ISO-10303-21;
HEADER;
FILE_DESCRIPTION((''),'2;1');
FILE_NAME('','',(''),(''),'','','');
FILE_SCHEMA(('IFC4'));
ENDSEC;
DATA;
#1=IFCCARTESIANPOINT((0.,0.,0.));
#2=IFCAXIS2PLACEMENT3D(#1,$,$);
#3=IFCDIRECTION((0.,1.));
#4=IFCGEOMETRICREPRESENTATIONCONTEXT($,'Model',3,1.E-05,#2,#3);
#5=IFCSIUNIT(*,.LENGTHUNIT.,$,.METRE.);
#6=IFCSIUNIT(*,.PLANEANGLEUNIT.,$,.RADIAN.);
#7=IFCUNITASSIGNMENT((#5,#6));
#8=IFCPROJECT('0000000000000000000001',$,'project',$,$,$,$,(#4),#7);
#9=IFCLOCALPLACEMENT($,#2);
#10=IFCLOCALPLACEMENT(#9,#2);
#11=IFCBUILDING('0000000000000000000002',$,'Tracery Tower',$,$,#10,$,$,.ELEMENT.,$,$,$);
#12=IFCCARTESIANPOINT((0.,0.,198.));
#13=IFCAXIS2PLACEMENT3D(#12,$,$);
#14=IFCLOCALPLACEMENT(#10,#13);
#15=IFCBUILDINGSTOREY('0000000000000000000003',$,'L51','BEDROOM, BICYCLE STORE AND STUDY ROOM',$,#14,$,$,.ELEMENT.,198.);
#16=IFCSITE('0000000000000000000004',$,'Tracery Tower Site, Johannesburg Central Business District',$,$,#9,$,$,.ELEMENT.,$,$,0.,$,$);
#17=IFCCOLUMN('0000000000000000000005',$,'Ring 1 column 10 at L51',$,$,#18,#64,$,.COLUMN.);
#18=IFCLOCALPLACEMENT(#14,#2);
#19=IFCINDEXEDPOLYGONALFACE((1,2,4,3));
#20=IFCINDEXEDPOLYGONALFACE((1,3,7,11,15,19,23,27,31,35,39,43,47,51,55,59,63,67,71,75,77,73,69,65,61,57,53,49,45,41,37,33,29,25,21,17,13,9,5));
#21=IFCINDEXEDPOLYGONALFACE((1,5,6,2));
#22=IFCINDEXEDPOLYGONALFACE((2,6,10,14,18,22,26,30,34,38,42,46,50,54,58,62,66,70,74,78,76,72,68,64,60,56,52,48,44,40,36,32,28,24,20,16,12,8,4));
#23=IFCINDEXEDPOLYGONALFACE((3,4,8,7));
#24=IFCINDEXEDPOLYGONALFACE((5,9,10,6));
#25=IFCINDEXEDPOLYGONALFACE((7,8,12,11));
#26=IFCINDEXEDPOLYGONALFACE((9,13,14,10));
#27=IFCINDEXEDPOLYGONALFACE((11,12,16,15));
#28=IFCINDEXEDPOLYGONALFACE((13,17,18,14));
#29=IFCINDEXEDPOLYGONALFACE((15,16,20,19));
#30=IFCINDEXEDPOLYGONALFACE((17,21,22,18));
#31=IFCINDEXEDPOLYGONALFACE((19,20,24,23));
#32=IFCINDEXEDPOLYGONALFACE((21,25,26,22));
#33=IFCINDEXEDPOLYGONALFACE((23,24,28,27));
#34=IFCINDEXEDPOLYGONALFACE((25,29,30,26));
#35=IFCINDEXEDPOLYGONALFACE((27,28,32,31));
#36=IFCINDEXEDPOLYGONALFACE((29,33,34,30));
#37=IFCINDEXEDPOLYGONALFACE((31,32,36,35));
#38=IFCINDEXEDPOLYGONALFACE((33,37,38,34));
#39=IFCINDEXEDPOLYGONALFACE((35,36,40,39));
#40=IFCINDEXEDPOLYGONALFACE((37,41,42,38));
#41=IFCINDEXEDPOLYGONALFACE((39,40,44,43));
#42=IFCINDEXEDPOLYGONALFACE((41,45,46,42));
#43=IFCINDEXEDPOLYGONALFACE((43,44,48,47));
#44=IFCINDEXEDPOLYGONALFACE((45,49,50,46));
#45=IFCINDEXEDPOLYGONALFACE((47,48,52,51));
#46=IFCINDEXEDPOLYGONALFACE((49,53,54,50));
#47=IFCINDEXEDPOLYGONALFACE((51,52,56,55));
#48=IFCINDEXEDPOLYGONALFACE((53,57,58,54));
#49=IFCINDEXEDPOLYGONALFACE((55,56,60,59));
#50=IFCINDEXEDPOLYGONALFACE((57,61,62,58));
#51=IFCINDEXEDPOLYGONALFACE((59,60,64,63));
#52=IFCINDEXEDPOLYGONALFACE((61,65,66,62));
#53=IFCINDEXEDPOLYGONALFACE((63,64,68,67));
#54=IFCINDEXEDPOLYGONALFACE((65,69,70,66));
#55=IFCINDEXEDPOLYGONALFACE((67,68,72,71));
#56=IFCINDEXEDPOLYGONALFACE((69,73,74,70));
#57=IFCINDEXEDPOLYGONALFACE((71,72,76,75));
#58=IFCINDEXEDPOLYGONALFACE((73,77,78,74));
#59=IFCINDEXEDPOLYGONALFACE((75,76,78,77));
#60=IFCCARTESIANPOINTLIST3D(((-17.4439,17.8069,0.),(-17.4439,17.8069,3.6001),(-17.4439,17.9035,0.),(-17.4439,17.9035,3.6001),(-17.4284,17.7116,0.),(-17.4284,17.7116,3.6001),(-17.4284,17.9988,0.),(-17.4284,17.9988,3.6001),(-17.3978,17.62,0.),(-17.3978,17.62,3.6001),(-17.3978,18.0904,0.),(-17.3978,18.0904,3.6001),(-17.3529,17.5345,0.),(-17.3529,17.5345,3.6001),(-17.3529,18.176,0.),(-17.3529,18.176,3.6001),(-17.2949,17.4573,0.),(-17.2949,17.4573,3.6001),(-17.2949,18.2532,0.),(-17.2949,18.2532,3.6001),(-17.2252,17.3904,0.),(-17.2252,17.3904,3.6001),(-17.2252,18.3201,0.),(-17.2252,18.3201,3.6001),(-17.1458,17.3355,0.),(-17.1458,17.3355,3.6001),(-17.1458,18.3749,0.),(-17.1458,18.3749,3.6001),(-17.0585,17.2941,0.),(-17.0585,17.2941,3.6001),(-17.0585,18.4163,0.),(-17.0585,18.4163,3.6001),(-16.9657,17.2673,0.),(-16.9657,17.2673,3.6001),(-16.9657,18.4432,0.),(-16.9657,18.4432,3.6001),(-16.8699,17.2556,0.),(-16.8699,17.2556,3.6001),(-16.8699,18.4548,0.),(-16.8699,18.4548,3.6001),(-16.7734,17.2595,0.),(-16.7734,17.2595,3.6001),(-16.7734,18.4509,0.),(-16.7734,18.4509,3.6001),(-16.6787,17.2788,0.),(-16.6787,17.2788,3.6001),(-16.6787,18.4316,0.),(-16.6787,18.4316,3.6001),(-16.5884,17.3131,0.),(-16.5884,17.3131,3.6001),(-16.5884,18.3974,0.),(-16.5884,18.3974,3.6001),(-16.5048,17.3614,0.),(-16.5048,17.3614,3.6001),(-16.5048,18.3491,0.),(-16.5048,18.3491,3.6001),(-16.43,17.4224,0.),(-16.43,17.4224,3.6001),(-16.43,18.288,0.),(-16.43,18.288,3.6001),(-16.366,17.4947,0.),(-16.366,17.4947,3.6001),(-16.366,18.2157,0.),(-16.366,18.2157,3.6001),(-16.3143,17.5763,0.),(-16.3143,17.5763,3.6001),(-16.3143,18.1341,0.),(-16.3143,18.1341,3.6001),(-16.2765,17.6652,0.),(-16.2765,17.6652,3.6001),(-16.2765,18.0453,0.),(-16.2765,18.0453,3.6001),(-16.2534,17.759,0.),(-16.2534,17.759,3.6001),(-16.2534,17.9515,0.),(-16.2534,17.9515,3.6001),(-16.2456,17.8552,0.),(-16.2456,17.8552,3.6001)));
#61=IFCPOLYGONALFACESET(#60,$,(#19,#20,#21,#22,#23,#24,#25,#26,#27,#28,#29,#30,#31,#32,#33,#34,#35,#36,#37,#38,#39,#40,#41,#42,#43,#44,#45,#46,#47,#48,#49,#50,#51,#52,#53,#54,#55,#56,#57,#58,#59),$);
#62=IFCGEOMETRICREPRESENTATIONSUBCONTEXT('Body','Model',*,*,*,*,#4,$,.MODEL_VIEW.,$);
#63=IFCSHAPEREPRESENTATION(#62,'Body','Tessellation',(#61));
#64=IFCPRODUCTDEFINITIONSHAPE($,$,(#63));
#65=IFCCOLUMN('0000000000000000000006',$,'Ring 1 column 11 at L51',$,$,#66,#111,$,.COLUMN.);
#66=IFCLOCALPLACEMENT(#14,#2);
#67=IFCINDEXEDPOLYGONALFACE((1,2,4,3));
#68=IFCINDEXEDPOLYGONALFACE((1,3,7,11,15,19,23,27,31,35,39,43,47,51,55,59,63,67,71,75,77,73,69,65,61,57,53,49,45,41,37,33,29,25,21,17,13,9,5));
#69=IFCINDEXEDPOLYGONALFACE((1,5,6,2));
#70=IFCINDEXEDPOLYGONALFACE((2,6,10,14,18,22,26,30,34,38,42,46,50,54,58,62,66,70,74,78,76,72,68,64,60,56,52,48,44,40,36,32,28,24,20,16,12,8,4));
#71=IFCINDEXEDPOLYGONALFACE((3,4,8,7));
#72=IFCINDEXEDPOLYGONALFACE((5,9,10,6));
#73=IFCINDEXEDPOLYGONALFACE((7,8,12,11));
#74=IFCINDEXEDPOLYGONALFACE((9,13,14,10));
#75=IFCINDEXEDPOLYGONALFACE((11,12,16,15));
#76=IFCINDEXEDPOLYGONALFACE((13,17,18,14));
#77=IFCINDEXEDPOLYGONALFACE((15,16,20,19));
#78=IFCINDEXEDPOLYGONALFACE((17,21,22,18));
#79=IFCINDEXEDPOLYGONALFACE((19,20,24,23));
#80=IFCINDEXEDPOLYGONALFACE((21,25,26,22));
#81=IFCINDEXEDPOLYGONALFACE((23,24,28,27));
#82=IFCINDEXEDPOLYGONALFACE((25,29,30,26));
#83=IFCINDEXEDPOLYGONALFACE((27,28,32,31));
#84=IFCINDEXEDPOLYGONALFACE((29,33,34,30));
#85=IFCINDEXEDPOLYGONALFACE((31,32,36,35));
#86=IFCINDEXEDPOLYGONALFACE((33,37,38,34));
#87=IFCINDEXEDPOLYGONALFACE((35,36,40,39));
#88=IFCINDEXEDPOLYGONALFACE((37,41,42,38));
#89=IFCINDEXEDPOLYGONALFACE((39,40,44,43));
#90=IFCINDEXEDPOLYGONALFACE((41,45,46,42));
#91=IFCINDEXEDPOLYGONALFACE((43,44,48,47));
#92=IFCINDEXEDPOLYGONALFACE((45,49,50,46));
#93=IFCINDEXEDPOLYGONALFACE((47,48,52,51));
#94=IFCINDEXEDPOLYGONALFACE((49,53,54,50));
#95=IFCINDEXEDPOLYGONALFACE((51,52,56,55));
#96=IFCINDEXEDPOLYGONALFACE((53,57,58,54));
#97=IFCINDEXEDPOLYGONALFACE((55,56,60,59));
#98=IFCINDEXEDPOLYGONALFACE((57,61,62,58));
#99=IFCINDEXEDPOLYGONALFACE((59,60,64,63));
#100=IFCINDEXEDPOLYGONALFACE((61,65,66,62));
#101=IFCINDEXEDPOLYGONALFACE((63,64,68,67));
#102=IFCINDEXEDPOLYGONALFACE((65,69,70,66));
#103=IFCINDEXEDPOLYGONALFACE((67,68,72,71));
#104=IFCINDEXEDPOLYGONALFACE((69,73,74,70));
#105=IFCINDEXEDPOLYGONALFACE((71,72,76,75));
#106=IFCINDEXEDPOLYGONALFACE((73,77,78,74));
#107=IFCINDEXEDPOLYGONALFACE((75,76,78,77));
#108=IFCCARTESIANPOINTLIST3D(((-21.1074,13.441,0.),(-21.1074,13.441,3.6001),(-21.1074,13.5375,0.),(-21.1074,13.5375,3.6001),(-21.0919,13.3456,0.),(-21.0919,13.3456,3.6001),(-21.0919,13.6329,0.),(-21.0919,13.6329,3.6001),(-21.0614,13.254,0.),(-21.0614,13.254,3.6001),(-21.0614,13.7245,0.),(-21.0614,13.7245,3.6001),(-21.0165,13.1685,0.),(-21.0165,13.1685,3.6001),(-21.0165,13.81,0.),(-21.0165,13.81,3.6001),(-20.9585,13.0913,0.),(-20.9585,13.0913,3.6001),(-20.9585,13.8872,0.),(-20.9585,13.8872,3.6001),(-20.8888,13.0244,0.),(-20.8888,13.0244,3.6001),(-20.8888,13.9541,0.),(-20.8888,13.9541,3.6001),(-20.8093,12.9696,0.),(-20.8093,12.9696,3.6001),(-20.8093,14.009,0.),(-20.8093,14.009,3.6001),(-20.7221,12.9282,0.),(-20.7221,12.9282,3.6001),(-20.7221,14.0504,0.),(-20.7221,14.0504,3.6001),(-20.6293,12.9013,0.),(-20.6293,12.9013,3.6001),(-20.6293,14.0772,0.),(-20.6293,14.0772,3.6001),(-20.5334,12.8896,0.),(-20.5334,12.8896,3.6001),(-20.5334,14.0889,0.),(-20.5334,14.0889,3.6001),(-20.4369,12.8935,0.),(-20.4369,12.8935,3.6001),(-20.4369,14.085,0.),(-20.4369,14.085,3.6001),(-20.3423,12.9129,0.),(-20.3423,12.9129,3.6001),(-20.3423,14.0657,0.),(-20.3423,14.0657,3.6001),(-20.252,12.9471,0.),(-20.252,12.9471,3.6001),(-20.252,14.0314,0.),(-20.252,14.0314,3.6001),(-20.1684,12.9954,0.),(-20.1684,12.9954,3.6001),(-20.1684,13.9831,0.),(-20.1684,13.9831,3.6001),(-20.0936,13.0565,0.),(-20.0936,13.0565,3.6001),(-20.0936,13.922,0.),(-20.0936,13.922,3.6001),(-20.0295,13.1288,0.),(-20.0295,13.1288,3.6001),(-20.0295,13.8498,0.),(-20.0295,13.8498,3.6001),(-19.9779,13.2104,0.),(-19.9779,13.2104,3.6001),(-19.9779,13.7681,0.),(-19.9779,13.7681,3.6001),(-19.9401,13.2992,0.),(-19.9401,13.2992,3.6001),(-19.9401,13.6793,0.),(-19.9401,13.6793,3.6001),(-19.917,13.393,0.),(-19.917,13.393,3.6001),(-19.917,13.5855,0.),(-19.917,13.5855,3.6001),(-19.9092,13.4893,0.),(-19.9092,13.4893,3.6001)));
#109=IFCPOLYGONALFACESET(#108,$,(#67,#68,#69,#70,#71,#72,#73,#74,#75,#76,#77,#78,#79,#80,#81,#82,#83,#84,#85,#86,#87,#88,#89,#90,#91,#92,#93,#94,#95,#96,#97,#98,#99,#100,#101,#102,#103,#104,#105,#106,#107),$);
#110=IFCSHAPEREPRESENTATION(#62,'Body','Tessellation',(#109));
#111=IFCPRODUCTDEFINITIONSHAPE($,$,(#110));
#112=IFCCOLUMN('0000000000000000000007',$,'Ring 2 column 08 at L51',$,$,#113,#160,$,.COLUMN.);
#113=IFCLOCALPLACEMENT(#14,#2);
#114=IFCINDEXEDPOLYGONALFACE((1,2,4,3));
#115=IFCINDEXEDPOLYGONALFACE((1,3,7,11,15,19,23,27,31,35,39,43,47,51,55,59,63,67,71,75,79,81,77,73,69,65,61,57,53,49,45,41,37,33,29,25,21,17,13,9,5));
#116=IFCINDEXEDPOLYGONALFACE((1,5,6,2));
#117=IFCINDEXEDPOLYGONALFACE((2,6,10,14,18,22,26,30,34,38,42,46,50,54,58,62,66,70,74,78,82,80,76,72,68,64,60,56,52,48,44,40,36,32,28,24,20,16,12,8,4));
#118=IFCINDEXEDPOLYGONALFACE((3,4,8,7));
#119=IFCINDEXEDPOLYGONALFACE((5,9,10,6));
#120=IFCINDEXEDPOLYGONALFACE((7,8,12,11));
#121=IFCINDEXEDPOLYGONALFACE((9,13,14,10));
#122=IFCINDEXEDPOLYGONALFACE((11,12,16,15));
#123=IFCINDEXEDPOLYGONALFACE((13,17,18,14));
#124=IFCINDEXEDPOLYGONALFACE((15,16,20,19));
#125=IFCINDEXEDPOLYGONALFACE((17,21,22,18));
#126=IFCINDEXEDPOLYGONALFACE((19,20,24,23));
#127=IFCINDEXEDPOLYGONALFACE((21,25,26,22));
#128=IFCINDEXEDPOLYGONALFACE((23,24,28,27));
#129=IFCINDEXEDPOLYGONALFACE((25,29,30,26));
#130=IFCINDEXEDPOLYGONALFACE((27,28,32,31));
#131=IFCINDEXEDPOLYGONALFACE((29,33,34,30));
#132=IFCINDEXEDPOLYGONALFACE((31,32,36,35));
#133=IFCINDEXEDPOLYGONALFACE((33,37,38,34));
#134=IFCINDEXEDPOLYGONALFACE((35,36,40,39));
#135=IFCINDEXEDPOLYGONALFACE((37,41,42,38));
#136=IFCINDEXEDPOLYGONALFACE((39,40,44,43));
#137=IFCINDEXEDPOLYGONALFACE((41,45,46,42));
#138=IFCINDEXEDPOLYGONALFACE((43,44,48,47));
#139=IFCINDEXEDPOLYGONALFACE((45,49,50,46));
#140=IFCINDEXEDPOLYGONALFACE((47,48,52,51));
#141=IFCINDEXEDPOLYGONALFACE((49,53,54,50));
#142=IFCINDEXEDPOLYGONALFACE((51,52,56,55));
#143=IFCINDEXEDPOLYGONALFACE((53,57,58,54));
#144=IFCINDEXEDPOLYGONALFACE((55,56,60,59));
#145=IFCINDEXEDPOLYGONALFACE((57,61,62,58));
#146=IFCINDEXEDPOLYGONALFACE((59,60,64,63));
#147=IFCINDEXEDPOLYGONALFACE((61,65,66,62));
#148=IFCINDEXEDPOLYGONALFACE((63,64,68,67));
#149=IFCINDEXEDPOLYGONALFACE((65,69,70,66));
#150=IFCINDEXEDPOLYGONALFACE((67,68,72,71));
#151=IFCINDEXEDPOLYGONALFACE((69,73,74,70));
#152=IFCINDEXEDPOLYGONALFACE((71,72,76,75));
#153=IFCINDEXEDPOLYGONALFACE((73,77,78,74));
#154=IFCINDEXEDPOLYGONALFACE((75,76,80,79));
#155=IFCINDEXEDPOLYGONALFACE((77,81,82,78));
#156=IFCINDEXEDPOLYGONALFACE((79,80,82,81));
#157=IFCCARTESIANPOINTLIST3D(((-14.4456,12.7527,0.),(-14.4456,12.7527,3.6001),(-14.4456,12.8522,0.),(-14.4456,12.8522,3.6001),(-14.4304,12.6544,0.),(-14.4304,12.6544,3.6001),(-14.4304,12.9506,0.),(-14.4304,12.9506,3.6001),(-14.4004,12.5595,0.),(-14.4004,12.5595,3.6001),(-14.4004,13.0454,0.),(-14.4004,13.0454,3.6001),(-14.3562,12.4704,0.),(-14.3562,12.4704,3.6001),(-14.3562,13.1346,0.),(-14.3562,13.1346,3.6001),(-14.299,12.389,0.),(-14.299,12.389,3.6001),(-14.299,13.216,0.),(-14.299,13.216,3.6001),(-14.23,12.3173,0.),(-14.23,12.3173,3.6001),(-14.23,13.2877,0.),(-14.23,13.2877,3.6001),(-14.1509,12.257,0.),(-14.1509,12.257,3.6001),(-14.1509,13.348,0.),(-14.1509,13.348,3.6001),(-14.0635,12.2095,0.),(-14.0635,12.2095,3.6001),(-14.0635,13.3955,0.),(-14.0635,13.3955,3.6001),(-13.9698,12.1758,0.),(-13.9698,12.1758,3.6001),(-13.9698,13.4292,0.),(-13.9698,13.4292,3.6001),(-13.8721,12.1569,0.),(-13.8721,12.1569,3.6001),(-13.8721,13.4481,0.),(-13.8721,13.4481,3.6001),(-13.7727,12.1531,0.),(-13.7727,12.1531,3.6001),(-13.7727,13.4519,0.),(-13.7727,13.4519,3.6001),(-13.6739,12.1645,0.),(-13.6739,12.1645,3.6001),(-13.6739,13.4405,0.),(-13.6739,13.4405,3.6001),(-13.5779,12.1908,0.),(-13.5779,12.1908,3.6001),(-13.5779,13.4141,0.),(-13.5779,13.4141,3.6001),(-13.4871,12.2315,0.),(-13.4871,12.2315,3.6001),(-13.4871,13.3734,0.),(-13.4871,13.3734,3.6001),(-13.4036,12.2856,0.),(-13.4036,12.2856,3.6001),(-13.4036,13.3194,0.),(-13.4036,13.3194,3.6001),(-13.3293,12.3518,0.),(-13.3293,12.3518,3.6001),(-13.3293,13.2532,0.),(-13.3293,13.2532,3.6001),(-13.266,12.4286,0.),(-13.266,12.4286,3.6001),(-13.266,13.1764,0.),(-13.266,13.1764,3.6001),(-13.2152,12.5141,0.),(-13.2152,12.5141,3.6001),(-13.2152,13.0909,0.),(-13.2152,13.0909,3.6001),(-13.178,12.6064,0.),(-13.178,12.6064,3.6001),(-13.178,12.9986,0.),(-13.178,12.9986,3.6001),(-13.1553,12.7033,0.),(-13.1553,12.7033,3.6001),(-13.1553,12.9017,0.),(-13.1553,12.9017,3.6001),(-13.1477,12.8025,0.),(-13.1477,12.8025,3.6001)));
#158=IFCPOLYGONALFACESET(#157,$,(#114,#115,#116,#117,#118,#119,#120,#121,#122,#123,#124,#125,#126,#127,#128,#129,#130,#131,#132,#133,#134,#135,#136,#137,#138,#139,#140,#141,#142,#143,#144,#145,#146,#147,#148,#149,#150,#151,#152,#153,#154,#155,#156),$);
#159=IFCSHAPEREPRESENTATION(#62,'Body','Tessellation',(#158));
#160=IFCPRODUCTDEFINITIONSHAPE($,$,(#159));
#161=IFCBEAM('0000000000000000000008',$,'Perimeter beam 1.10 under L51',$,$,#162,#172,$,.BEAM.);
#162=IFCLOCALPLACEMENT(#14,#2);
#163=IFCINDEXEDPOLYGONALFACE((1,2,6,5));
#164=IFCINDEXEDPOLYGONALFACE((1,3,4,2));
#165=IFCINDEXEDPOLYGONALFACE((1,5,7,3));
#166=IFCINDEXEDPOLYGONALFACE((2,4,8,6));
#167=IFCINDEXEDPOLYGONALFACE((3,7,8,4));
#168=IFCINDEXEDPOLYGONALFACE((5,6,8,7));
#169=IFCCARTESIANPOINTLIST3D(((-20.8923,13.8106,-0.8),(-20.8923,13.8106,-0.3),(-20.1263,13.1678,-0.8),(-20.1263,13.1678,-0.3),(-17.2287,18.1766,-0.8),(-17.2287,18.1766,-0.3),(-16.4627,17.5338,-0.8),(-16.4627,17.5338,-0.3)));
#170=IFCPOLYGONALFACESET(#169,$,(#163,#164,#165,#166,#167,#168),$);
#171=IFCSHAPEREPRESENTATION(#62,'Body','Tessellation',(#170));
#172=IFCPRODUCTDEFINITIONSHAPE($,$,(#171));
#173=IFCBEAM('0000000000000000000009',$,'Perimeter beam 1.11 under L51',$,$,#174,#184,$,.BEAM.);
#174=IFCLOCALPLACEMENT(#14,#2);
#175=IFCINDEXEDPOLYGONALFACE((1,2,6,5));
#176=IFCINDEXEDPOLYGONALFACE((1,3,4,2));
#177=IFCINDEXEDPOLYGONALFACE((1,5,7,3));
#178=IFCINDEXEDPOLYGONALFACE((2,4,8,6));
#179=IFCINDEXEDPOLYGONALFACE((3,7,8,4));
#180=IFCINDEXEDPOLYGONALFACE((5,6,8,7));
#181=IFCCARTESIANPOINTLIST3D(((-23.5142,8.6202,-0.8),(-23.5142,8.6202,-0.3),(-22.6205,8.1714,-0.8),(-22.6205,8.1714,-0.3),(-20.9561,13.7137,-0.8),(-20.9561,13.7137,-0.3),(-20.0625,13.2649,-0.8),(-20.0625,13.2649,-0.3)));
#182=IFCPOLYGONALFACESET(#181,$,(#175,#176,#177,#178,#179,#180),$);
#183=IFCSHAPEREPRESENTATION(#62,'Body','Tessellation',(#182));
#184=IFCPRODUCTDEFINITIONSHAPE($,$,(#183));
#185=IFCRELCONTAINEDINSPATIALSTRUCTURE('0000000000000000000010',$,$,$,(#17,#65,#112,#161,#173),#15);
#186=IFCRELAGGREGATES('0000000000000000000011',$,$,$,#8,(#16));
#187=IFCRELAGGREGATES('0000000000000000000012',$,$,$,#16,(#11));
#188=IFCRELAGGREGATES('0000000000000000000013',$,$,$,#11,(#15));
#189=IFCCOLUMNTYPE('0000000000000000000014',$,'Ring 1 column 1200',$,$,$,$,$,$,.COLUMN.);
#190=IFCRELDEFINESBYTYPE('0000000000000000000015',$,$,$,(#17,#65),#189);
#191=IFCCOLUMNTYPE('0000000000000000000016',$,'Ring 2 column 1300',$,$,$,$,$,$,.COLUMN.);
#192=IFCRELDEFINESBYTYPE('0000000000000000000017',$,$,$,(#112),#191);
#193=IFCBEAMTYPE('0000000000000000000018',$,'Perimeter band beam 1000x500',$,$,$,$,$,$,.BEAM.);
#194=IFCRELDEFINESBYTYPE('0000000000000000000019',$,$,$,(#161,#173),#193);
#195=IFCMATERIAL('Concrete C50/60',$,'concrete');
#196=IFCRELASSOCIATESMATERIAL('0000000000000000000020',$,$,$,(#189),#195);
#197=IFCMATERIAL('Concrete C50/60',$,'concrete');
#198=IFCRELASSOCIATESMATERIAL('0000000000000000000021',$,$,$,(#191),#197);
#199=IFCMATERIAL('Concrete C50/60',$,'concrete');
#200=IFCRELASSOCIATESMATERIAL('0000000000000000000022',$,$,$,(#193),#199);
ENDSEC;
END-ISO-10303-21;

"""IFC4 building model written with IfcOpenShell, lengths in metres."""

from ifc_helpers import new_model, si_unit, direction, frame, origin, origin_2d, place, context, subcontext, project, spatial, rectangle, circle, extrude, material, material_profile, profile_set, type_object, element, save


model = new_model("IFC4")

# Units and contexts
model_context = context("Model", 3, precision=1e-05, world=origin(), true_north=direction((0.0, 1.0)))
body_context = subcontext(model_context, "Body", "Model", "MODEL_VIEW")
ifc_project = project(units=[si_unit("LENGTHUNIT", "METRE"), si_unit("PLANEANGLEUNIT", "RADIAN")], contexts=[model_context])

# Site, building, storey
site_placement = place(None, origin())
site = spatial("IfcSite", under=ifc_project, at=site_placement, Name="Tracery Tower Site, Johannesburg Central Business District", CompositionType="ELEMENT", RefElevation=0.0)
building_placement = place(site_placement, origin())
building = spatial("IfcBuilding", under=site, at=building_placement, Name="Tracery Tower", CompositionType="ELEMENT")
storey_placement = place(building_placement, frame((0.0, 0.0, 198.0)))
storey = spatial("IfcBuildingStorey", under=building, at=storey_placement, Name="L51", Description="BEDROOM, BICYCLE STORE AND STUDY ROOM", CompositionType="ELEMENT", Elevation=198.0)

# Columns
ifc_material_1 = material(Name="Concrete C50/60", Category="concrete")
ifc_material_profile_1 = material_profile(ifc_material_1, circle(Radius=0.6001, at=origin_2d()), Name="RC D1200")
ifc_profile_set_1 = profile_set([ifc_material_profile_1], Name="Concrete C50/60")
column_type_1 = type_object("IfcColumnType", Name="Ring 1 column 1200", PredefinedType="COLUMN", material=ifc_profile_set_1)
for number, where, z_axis, x_axis, name in (
    (1, (-16.8457, 17.8552, 0.0), (0.0, 0.0, 1.0), (1.0, 0.0, 0.0), "Ring 1 column 10 at L51"),
    (2, (-20.5093, 13.4893, 0.0), (0.0, 0.0, 1.0), (1.0, 0.0, 0.0), "Ring 1 column 11 at L51"),
):
    element("IfcColumn", number, at=place(storey_placement, frame(where, z_axis=z_axis, x_axis=x_axis)), inside=storey, type_object=column_type_1, Name=name, PredefinedType="COLUMN", context=body_context, shape_type="SweptSolid", body=[
        extrude(circle(Radius=0.6001, at=origin_2d()), origin(), (0.0, 0.0, 1.0), 3.6001),
    ])
ifc_material_2 = material(Name="Concrete C50/60", Category="concrete")
ifc_material_profile_2 = material_profile(ifc_material_2, circle(Radius=0.6499, at=origin_2d()), Name="RC D1300")
ifc_profile_set_2 = profile_set([ifc_material_profile_2], Name="Concrete C50/60")
column_type_2 = type_object("IfcColumnType", Name="Ring 2 column 1300", PredefinedType="COLUMN", material=ifc_profile_set_2)
column_placement = place(storey_placement, frame((-13.7976, 12.8025, 0.0), z_axis=(0.0, 0.0, 1.0), x_axis=(1.0, 0.0, 0.0)))
element("IfcColumn", 3, at=column_placement, inside=storey, type_object=column_type_2, Name="Ring 2 column 08 at L51", PredefinedType="COLUMN", context=body_context, shape_type="SweptSolid", body=[
    extrude(circle(Radius=0.6499, at=origin_2d()), origin(), (0.0, 0.0, 1.0), 3.6001),
])

# Beams
ifc_material_3 = material(Name="Concrete C50/60", Category="concrete")
ifc_material_profile_3 = material_profile(ifc_material_3, rectangle(XDim=1.0, YDim=0.5, at=origin_2d()), Name="RC 1000x500")
ifc_profile_set_3 = profile_set([ifc_material_profile_3], Name="Concrete C50/60")
beam_type = type_object("IfcBeamType", Name="Perimeter band beam 1000x500", PredefinedType="BEAM", material=ifc_profile_set_3)
beam_1_placement = place(storey_placement, frame((-16.8457, 17.8552, -0.55), z_axis=(-0.642797, -0.766036, 0.0), x_axis=(0.766036, -0.642797, 0.0)))
element("IfcBeam", 4, at=beam_1_placement, inside=storey, type_object=beam_type, Name="Perimeter beam 1.10 under L51", PredefinedType="BEAM", context=body_context, shape_type="SweptSolid", body=[
    extrude(rectangle(XDim=1.0, YDim=0.5, at=origin_2d()), origin(), (0.0, 0.0, 1.0), 5.6995),
])
beam_2_placement = place(storey_placement, frame((-20.5093, 13.4893, -0.55), z_axis=(-0.448806, -0.893629, 0.0), x_axis=(0.893629, -0.448806, 0.0)))
element("IfcBeam", 5, at=beam_2_placement, inside=storey, type_object=beam_type, Name="Perimeter beam 1.11 under L51", PredefinedType="BEAM", context=body_context, shape_type="SweptSolid", body=[
    extrude(rectangle(XDim=1.0, YDim=0.5, at=origin_2d()), origin(), (0.0, 0.0, 1.0), 5.6997),
])

save(model, "model.ifc")
